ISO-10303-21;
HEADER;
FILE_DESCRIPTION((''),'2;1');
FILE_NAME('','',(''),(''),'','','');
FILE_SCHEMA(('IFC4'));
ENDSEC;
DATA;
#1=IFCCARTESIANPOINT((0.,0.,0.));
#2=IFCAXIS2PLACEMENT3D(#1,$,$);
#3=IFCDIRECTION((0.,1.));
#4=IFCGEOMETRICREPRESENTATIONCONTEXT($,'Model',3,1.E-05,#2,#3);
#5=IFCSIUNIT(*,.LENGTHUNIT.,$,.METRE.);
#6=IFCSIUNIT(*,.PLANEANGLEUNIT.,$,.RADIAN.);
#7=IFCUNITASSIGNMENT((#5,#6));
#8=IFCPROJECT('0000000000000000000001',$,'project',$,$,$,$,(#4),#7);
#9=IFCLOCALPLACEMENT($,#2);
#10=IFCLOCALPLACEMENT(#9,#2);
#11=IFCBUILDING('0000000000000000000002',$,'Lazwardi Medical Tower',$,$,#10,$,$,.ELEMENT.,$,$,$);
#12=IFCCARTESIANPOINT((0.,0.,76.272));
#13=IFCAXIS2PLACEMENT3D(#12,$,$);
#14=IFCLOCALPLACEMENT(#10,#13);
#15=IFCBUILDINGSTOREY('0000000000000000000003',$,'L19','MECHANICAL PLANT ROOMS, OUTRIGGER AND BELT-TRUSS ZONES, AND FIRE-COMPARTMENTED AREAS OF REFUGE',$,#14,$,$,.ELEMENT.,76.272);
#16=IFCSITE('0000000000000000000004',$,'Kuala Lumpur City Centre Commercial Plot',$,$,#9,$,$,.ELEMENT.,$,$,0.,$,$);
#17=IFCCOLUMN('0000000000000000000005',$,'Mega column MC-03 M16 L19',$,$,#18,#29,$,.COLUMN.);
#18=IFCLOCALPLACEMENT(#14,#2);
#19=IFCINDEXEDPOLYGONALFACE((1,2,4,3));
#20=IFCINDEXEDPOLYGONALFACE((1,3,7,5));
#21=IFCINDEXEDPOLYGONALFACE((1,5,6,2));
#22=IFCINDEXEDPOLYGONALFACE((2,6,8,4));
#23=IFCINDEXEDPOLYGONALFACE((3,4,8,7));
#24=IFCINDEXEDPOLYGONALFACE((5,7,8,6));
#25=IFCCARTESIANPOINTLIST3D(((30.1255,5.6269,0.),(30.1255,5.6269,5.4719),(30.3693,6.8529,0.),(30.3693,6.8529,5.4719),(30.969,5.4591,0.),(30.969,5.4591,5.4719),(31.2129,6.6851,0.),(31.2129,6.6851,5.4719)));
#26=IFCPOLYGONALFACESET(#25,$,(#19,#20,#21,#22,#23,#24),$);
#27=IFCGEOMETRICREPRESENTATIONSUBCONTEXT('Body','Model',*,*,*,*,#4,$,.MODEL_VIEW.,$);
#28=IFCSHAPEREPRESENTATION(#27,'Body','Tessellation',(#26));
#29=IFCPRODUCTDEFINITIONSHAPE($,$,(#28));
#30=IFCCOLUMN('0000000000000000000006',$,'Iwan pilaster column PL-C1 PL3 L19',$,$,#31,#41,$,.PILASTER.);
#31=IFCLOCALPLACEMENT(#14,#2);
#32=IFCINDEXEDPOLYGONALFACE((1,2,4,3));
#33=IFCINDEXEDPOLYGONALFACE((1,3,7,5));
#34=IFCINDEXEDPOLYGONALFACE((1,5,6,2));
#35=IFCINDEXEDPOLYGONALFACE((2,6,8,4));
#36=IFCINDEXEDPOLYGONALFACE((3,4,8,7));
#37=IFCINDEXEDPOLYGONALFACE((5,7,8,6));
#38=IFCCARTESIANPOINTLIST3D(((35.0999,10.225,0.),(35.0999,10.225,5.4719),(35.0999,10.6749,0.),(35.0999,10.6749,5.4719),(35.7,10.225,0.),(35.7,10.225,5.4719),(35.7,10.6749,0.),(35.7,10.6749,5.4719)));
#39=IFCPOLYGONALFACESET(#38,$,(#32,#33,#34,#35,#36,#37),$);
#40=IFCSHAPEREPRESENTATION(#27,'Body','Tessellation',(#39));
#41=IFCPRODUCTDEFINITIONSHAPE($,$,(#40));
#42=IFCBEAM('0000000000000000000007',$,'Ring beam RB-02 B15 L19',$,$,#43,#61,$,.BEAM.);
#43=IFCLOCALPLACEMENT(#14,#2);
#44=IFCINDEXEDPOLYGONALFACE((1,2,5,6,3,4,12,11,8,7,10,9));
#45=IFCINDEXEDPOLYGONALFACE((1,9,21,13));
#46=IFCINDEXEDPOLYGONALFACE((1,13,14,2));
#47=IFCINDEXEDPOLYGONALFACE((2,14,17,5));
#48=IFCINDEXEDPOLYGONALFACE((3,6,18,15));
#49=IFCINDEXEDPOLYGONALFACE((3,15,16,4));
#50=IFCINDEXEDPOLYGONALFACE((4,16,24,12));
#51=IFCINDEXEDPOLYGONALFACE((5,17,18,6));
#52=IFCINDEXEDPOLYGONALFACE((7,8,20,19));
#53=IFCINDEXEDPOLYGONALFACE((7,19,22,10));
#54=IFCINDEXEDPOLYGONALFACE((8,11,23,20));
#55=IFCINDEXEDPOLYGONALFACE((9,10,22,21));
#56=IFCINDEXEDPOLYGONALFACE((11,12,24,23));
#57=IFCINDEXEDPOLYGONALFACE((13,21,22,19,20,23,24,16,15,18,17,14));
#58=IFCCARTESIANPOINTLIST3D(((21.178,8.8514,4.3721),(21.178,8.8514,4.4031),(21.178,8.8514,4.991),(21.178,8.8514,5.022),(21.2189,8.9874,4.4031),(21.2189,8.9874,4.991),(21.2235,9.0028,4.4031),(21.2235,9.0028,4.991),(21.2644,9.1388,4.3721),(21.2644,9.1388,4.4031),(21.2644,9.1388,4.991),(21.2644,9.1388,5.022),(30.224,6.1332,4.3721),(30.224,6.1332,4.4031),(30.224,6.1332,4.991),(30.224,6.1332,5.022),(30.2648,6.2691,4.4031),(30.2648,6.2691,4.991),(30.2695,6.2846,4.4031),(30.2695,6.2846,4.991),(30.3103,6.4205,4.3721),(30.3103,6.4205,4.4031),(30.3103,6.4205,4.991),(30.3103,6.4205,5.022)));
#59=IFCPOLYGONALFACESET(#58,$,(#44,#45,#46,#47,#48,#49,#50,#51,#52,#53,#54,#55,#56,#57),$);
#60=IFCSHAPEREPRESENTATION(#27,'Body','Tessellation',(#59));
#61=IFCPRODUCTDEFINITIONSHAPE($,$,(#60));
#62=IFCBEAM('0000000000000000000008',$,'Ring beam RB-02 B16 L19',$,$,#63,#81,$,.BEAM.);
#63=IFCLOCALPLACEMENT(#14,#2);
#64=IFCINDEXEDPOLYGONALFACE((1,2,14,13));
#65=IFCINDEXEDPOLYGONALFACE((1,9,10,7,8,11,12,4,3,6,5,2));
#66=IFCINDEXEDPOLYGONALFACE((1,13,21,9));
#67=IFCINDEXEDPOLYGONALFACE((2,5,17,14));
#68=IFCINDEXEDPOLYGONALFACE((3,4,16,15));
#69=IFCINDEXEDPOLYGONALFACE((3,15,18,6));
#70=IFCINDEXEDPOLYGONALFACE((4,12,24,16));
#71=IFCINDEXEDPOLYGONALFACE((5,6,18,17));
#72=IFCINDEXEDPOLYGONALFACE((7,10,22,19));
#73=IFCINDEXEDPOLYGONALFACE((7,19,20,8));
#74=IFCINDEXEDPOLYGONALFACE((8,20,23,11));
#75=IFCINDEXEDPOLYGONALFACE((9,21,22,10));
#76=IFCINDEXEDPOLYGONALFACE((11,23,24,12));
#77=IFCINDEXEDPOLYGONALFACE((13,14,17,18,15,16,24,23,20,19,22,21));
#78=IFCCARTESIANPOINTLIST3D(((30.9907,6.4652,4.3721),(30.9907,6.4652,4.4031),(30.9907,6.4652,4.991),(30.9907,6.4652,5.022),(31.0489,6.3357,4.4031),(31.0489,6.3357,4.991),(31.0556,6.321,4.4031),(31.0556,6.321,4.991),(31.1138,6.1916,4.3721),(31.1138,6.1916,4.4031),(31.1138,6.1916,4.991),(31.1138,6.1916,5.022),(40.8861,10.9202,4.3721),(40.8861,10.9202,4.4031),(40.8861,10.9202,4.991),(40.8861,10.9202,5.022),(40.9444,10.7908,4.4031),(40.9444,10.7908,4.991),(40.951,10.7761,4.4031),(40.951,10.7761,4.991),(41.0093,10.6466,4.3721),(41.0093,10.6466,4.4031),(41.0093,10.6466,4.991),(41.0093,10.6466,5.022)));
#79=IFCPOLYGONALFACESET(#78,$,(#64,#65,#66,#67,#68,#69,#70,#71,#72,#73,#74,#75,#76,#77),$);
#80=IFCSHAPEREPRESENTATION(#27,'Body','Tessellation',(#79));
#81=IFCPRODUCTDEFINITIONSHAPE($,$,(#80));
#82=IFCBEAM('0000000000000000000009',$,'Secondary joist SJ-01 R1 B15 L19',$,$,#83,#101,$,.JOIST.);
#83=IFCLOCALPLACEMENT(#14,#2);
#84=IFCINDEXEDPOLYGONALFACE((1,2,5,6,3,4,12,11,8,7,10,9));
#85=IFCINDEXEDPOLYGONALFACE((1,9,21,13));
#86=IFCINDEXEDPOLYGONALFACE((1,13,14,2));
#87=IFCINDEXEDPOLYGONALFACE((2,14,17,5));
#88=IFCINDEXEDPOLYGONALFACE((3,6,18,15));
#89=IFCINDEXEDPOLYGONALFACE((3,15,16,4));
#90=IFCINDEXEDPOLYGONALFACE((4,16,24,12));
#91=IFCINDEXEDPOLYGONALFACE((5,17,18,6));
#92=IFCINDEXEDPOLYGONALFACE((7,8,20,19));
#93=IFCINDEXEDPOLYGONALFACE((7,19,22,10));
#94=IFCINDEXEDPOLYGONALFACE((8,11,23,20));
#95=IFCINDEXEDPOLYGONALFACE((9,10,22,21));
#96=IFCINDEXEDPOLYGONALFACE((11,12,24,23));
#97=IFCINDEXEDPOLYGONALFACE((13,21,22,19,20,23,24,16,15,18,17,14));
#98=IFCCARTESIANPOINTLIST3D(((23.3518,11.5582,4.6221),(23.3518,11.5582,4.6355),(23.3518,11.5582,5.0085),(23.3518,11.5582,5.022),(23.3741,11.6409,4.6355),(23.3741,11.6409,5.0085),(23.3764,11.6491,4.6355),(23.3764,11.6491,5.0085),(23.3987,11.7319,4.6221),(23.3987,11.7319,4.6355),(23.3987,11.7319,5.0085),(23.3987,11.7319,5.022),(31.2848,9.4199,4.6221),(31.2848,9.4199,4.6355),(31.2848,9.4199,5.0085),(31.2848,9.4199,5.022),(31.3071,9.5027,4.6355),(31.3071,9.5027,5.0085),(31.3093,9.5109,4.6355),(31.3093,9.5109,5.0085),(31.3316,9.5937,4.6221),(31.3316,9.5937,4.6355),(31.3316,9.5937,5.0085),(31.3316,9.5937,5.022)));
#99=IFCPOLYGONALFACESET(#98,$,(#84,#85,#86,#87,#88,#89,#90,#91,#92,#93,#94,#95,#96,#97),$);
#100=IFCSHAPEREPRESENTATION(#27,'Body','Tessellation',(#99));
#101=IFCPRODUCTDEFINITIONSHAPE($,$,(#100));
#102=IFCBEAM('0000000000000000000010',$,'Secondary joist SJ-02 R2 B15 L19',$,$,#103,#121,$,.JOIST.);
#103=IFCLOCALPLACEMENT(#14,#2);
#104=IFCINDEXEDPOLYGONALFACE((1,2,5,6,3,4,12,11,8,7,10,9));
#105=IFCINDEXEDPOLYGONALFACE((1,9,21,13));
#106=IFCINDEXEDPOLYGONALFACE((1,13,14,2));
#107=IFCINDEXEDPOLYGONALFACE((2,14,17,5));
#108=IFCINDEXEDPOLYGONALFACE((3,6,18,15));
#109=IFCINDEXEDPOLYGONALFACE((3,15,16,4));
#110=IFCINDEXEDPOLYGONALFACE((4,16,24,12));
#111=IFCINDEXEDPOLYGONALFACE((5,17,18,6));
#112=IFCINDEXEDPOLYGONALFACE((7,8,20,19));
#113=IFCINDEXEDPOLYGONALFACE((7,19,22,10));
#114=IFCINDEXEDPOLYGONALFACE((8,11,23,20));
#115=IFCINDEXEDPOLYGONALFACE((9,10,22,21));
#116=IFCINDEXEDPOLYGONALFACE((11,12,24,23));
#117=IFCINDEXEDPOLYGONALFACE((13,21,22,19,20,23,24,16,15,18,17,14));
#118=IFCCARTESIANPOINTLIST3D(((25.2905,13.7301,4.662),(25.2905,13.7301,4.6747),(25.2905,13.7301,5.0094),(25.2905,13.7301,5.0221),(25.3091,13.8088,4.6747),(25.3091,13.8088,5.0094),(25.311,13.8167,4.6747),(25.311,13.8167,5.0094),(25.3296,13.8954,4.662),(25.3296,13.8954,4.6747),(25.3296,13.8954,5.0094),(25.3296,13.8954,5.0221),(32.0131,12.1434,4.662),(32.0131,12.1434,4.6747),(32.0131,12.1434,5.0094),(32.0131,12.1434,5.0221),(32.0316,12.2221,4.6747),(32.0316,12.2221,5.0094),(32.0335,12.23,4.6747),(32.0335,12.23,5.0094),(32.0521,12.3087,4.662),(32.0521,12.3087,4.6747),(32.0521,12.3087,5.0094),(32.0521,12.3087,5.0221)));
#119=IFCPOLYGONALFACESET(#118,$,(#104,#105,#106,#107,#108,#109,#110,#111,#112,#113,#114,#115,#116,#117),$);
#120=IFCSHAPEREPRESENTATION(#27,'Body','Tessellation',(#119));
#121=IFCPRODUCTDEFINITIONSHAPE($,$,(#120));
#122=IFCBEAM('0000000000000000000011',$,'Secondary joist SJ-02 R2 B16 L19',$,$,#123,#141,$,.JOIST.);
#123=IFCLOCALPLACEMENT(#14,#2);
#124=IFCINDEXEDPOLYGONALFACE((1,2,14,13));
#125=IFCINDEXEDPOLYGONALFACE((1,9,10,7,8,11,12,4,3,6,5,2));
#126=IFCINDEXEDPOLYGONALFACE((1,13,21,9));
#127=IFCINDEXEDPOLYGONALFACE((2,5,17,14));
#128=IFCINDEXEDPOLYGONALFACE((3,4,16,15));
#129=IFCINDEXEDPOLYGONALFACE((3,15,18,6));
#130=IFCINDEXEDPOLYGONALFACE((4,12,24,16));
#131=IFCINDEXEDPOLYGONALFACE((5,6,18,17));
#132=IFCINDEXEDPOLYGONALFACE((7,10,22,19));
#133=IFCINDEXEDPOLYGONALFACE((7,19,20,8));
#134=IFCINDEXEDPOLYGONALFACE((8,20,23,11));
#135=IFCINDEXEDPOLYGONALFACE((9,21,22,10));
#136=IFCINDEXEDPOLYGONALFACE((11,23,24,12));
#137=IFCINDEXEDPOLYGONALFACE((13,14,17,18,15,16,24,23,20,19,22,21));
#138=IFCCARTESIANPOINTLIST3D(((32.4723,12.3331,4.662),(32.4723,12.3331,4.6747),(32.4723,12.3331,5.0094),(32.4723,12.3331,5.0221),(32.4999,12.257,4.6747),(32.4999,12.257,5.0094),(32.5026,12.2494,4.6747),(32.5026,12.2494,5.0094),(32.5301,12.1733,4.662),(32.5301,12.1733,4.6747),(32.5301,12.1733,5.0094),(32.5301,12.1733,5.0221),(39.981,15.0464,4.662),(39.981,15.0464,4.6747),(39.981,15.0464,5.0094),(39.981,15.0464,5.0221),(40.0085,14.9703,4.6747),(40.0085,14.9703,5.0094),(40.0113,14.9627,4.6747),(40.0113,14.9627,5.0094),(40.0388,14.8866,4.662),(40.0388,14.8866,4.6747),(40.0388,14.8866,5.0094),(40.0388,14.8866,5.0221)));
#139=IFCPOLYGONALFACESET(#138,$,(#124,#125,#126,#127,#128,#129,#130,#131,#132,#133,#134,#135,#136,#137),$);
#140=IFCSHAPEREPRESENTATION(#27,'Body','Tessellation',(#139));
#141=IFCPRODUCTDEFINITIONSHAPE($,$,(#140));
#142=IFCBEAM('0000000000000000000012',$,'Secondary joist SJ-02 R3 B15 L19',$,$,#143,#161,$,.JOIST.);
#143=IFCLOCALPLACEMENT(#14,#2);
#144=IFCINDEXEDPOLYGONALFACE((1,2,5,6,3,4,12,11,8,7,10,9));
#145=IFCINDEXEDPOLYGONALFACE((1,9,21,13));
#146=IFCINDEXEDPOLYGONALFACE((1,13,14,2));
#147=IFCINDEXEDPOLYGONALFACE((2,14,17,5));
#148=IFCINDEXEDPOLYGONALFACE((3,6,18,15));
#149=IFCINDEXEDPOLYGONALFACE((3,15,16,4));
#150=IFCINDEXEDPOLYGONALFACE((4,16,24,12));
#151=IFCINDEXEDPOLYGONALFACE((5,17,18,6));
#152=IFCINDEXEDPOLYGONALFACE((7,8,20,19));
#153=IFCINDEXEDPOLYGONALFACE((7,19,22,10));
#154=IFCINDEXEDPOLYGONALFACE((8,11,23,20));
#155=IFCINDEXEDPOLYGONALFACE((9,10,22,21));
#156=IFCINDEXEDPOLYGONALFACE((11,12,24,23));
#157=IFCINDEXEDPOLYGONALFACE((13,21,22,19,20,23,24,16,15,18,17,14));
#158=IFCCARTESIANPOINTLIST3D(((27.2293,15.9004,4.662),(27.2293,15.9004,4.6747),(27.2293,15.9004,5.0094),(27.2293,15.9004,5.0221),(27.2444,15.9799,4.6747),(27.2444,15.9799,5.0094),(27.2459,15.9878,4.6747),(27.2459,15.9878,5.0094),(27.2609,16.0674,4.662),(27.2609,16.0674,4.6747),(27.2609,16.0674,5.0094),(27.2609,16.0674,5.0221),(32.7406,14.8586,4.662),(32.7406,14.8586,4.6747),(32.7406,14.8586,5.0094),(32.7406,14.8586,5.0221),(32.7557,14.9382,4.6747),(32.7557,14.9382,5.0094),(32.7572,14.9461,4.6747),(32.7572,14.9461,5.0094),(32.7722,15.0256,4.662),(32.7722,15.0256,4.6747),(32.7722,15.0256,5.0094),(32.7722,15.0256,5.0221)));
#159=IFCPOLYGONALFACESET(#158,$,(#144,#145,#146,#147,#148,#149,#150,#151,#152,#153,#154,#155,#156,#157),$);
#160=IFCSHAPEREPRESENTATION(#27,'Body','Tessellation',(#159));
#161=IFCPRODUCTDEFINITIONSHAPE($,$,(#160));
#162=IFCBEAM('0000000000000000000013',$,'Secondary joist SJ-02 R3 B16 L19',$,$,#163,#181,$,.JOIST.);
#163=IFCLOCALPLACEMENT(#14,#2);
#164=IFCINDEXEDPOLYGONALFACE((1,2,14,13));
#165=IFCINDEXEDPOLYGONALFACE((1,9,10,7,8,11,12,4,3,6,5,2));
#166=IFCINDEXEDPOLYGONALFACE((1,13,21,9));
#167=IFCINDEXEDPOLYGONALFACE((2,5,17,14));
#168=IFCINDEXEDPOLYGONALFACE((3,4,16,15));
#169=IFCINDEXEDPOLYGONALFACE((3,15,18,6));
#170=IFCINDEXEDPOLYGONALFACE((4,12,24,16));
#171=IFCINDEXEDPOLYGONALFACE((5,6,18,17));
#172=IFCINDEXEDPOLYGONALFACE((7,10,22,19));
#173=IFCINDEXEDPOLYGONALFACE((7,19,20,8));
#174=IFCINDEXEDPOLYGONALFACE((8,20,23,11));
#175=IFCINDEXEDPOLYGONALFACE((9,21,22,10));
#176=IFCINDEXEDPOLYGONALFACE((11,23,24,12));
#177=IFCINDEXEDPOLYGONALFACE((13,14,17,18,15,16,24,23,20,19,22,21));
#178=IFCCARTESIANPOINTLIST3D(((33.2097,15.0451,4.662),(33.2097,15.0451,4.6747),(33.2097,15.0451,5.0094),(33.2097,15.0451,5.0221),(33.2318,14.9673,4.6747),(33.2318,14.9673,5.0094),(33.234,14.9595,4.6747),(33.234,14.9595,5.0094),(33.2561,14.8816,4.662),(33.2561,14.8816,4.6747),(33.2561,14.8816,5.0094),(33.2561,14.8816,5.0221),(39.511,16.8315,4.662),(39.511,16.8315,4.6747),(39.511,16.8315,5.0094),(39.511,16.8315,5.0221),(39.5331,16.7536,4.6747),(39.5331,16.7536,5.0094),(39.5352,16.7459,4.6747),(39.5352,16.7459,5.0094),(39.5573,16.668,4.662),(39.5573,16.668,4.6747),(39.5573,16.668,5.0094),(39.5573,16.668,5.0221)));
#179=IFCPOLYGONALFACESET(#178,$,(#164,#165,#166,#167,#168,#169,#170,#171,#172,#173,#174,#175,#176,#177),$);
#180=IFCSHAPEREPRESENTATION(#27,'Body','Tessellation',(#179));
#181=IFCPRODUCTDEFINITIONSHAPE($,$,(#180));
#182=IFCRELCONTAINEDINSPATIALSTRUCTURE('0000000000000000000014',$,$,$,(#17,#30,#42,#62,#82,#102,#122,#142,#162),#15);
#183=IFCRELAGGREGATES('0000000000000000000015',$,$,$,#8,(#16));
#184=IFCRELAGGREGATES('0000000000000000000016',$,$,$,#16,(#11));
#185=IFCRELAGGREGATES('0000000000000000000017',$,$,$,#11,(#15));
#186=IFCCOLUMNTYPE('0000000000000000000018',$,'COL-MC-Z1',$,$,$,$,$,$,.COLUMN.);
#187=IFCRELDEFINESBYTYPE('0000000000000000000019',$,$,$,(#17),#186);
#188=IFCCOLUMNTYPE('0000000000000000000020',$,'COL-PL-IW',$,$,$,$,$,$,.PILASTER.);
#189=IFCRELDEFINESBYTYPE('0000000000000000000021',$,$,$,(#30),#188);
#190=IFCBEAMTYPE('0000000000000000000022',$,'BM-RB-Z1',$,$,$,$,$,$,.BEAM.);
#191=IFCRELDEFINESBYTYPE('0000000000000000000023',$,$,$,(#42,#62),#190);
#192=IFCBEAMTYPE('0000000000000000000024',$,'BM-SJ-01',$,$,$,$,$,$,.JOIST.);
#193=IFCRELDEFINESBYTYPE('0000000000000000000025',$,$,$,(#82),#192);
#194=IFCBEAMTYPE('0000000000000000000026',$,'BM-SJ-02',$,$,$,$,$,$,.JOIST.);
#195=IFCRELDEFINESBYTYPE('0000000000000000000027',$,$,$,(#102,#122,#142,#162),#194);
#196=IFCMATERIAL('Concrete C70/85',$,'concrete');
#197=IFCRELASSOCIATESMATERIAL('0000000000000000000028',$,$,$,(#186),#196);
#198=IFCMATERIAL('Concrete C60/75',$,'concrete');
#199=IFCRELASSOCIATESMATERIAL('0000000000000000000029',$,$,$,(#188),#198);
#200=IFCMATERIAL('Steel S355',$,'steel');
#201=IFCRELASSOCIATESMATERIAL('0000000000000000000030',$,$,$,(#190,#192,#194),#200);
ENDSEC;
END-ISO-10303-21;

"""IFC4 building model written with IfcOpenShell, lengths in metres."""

from ifc_helpers import new_model, si_unit, direction, frame, origin, origin_2d, place, context, subcontext, project, spatial, rectangle, i_section, extrude, material, material_profile, profile_set, type_object, element, save


model = new_model("IFC4")

# Units and contexts
model_context = context("Model", 3, precision=1e-05, world=origin(), true_north=direction((0.0, 1.0)))
body_context = subcontext(model_context, "Body", "Model", "MODEL_VIEW")
ifc_project = project(units=[si_unit("LENGTHUNIT", "METRE"), si_unit("PLANEANGLEUNIT", "RADIAN")], contexts=[model_context])

# Site, building, storey
site_placement = place(None, origin())
site = spatial("IfcSite", under=ifc_project, at=site_placement, Name="Kuala Lumpur City Centre Commercial Plot", CompositionType="ELEMENT", RefElevation=0.0)
building_placement = place(site_placement, origin())
building = spatial("IfcBuilding", under=site, at=building_placement, Name="Lazwardi Medical Tower", CompositionType="ELEMENT")
storey_placement = place(building_placement, frame((0.0, 0.0, 76.272)))
storey = spatial("IfcBuildingStorey", under=building, at=storey_placement, Name="L19", Description="MECHANICAL PLANT ROOMS, OUTRIGGER AND BELT-TRUSS ZONES, AND FIRE-COMPARTMENTED AREAS OF REFUGE", CompositionType="ELEMENT", Elevation=76.272)

# Columns
ifc_material_1 = material(Name="Concrete C70/85", Category="concrete")
ifc_material_profile_1 = material_profile(ifc_material_1, rectangle(XDim=1.25, YDim=0.8601, at=origin_2d()), Name="CFT-RECT 1250x860")
ifc_profile_set_1 = profile_set([ifc_material_profile_1], Name="Concrete C70/85")
column_type_1 = type_object("IfcColumnType", Name="COL-MC-Z1", PredefinedType="COLUMN", material=ifc_profile_set_1)
column_1_placement = place(storey_placement, frame((30.6692, 6.156, 0.0), z_axis=(0.0, 0.0, 1.0), x_axis=(-0.19509, -0.980785, 0.0)))
element("IfcColumn", 1, at=column_1_placement, inside=storey, type_object=column_type_1, Name="Mega column MC-03 M16 L19", PredefinedType="COLUMN", context=body_context, shape_type="SweptSolid", body=[
    extrude(rectangle(XDim=1.25, YDim=0.8601, at=origin_2d()), origin(), (0.0, 0.0, 1.0), 5.4719),
])
ifc_material_2 = material(Name="Concrete C60/75", Category="concrete")
ifc_material_profile_2 = material_profile(ifc_material_2, rectangle(XDim=0.6001, YDim=0.45, at=origin_2d()), Name="RC 600x450")
ifc_profile_set_2 = profile_set([ifc_material_profile_2], Name="Concrete C60/75")
column_type_2 = type_object("IfcColumnType", Name="COL-PL-IW", PredefinedType="PILASTER", material=ifc_profile_set_2)
column_2_placement = place(storey_placement, frame((35.3999, 10.45, 0.0), z_axis=(0.0, 0.0, 1.0), x_axis=(1.0, 0.0, 0.0)))
element("IfcColumn", 2, at=column_2_placement, inside=storey, type_object=column_type_2, Name="Iwan pilaster column PL-C1 PL3 L19", PredefinedType="PILASTER", context=body_context, shape_type="SweptSolid", body=[
    extrude(rectangle(XDim=0.6001, YDim=0.45, at=origin_2d()), origin(), (0.0, 0.0, 1.0), 5.4719),
])

# Beams
ifc_material_3 = material(Name="Steel S355", Category="steel")
ifc_material_profile_3 = material_profile(ifc_material_3, i_section(OverallWidth=0.3, OverallDepth=0.6499, WebThickness=0.0161, FlangeThickness=0.031, at=origin_2d()), Name="HEB 650")
ifc_profile_set_3 = profile_set([ifc_material_profile_3], Name="Steel S355")
beam_type_1 = type_object("IfcBeamType", Name="BM-RB-Z1", PredefinedType="BEAM", material=ifc_profile_set_3)
beam_1_placement = place(storey_placement, frame((21.2212, 8.9951, 4.697), z_axis=(0.957695, -0.287784, 0.0), x_axis=(0.287784, 0.957695, 0.0)))
element("IfcBeam", 3, at=beam_1_placement, inside=storey, type_object=beam_type_1, Name="Ring beam RB-02 B15 L19", PredefinedType="BEAM", context=body_context, shape_type="SweptSolid", body=[
    extrude(i_section(OverallWidth=0.3, OverallDepth=0.6499, WebThickness=0.0161, FlangeThickness=0.031, at=origin_2d()), origin(), (0.0, 0.0, 1.0), 9.4456),
])
beam_2_placement = place(storey_placement, frame((31.0522, 6.3284, 4.697), z_axis=(0.911849, 0.410526, 0.0), x_axis=(-0.410526, 0.911849, 0.0)))
element("IfcBeam", 4, at=beam_2_placement, inside=storey, type_object=beam_type_1, Name="Ring beam RB-02 B16 L19", PredefinedType="BEAM", context=body_context, shape_type="SweptSolid", body=[
    extrude(i_section(OverallWidth=0.3, OverallDepth=0.6499, WebThickness=0.0161, FlangeThickness=0.031, at=origin_2d()), origin(), (0.0, 0.0, 1.0), 10.8521),
])
ifc_material_profile_4 = material_profile(ifc_material_3, i_section(OverallWidth=0.1799, OverallDepth=0.3999, WebThickness=0.0085, FlangeThickness=0.0134, at=origin_2d()), Name="IPE 400")
ifc_profile_set_4 = profile_set([ifc_material_profile_4], Name="Steel S355")
beam_type_2 = type_object("IfcBeamType", Name="BM-SJ-01", PredefinedType="JOIST", material=ifc_profile_set_4)
beam_3_placement = place(storey_placement, frame((23.3752, 11.645, 4.822), z_axis=(0.965542, -0.260247, 0.0), x_axis=(0.260247, 0.965542, 0.0)))
element("IfcBeam", 5, at=beam_3_placement, inside=storey, type_object=beam_type_2, Name="Secondary joist SJ-01 R1 B15 L19", PredefinedType="JOIST", context=body_context, shape_type="SweptSolid", body=[
    extrude(i_section(OverallWidth=0.1799, OverallDepth=0.3999, WebThickness=0.0085, FlangeThickness=0.0134, at=origin_2d()), origin(), (0.0, 0.0, 1.0), 8.2161),
])
ifc_material_profile_5 = material_profile(ifc_material_3, i_section(OverallWidth=0.1699, OverallDepth=0.3601, WebThickness=0.0081, FlangeThickness=0.0127, at=origin_2d()), Name="IPE 360")
ifc_profile_set_5 = profile_set([ifc_material_profile_5], Name="Steel S355")
beam_type_3 = type_object("IfcBeamType", Name="BM-SJ-02", PredefinedType="JOIST", material=ifc_profile_set_5)
beam_4_placement = place(storey_placement, frame((25.3101, 13.8127, 4.842), z_axis=(0.973258, -0.229715, 0.0), x_axis=(0.229715, 0.973258, 0.0)))
element("IfcBeam", 6, at=beam_4_placement, inside=storey, type_object=beam_type_3, Name="Secondary joist SJ-02 R2 B15 L19", PredefinedType="JOIST", context=body_context, shape_type="SweptSolid", body=[
    extrude(i_section(OverallWidth=0.1699, OverallDepth=0.3601, WebThickness=0.0081, FlangeThickness=0.0127, at=origin_2d()), origin(), (0.0, 0.0, 1.0), 6.9072),
])
beam_5_placement = place(storey_placement, frame((32.5012, 12.2532, 4.842), z_axis=(0.940479, 0.339852, 0.0), x_axis=(-0.339852, 0.940479, 0.0)))
element("IfcBeam", 7, at=beam_5_placement, inside=storey, type_object=beam_type_3, Name="Secondary joist SJ-02 R2 B16 L19", PredefinedType="JOIST", context=body_context, shape_type="SweptSolid", body=[
    extrude(i_section(OverallWidth=0.1699, OverallDepth=0.3601, WebThickness=0.0081, FlangeThickness=0.0127, at=origin_2d()), origin(), (0.0, 0.0, 1.0), 7.9839),
])
beam_6_placement = place(storey_placement, frame((27.2451, 15.9839, 4.842), z_axis=(0.9826, -0.185734, 0.0), x_axis=(0.185734, 0.9826, 0.0)))
element("IfcBeam", 8, at=beam_6_placement, inside=storey, type_object=beam_type_3, Name="Secondary joist SJ-02 R3 B15 L19", PredefinedType="JOIST", context=body_context, shape_type="SweptSolid", body=[
    extrude(i_section(OverallWidth=0.1699, OverallDepth=0.3601, WebThickness=0.0081, FlangeThickness=0.0127, at=origin_2d()), origin(), (0.0, 0.0, 1.0), 5.6089),
])
beam_7_placement = place(storey_placement, frame((33.2329, 14.9634, 4.842), z_axis=(0.962086, 0.272746, 0.0), x_axis=(-0.272746, 0.962086, 0.0)))
element("IfcBeam", 9, at=beam_7_placement, inside=storey, type_object=beam_type_3, Name="Secondary joist SJ-02 R3 B16 L19", PredefinedType="JOIST", context=body_context, shape_type="SweptSolid", body=[
    extrude(i_section(OverallWidth=0.1699, OverallDepth=0.3601, WebThickness=0.0081, FlangeThickness=0.0127, at=origin_2d()), origin(), (0.0, 0.0, 1.0), 6.5496),
])

save(model, "model.ifc")
